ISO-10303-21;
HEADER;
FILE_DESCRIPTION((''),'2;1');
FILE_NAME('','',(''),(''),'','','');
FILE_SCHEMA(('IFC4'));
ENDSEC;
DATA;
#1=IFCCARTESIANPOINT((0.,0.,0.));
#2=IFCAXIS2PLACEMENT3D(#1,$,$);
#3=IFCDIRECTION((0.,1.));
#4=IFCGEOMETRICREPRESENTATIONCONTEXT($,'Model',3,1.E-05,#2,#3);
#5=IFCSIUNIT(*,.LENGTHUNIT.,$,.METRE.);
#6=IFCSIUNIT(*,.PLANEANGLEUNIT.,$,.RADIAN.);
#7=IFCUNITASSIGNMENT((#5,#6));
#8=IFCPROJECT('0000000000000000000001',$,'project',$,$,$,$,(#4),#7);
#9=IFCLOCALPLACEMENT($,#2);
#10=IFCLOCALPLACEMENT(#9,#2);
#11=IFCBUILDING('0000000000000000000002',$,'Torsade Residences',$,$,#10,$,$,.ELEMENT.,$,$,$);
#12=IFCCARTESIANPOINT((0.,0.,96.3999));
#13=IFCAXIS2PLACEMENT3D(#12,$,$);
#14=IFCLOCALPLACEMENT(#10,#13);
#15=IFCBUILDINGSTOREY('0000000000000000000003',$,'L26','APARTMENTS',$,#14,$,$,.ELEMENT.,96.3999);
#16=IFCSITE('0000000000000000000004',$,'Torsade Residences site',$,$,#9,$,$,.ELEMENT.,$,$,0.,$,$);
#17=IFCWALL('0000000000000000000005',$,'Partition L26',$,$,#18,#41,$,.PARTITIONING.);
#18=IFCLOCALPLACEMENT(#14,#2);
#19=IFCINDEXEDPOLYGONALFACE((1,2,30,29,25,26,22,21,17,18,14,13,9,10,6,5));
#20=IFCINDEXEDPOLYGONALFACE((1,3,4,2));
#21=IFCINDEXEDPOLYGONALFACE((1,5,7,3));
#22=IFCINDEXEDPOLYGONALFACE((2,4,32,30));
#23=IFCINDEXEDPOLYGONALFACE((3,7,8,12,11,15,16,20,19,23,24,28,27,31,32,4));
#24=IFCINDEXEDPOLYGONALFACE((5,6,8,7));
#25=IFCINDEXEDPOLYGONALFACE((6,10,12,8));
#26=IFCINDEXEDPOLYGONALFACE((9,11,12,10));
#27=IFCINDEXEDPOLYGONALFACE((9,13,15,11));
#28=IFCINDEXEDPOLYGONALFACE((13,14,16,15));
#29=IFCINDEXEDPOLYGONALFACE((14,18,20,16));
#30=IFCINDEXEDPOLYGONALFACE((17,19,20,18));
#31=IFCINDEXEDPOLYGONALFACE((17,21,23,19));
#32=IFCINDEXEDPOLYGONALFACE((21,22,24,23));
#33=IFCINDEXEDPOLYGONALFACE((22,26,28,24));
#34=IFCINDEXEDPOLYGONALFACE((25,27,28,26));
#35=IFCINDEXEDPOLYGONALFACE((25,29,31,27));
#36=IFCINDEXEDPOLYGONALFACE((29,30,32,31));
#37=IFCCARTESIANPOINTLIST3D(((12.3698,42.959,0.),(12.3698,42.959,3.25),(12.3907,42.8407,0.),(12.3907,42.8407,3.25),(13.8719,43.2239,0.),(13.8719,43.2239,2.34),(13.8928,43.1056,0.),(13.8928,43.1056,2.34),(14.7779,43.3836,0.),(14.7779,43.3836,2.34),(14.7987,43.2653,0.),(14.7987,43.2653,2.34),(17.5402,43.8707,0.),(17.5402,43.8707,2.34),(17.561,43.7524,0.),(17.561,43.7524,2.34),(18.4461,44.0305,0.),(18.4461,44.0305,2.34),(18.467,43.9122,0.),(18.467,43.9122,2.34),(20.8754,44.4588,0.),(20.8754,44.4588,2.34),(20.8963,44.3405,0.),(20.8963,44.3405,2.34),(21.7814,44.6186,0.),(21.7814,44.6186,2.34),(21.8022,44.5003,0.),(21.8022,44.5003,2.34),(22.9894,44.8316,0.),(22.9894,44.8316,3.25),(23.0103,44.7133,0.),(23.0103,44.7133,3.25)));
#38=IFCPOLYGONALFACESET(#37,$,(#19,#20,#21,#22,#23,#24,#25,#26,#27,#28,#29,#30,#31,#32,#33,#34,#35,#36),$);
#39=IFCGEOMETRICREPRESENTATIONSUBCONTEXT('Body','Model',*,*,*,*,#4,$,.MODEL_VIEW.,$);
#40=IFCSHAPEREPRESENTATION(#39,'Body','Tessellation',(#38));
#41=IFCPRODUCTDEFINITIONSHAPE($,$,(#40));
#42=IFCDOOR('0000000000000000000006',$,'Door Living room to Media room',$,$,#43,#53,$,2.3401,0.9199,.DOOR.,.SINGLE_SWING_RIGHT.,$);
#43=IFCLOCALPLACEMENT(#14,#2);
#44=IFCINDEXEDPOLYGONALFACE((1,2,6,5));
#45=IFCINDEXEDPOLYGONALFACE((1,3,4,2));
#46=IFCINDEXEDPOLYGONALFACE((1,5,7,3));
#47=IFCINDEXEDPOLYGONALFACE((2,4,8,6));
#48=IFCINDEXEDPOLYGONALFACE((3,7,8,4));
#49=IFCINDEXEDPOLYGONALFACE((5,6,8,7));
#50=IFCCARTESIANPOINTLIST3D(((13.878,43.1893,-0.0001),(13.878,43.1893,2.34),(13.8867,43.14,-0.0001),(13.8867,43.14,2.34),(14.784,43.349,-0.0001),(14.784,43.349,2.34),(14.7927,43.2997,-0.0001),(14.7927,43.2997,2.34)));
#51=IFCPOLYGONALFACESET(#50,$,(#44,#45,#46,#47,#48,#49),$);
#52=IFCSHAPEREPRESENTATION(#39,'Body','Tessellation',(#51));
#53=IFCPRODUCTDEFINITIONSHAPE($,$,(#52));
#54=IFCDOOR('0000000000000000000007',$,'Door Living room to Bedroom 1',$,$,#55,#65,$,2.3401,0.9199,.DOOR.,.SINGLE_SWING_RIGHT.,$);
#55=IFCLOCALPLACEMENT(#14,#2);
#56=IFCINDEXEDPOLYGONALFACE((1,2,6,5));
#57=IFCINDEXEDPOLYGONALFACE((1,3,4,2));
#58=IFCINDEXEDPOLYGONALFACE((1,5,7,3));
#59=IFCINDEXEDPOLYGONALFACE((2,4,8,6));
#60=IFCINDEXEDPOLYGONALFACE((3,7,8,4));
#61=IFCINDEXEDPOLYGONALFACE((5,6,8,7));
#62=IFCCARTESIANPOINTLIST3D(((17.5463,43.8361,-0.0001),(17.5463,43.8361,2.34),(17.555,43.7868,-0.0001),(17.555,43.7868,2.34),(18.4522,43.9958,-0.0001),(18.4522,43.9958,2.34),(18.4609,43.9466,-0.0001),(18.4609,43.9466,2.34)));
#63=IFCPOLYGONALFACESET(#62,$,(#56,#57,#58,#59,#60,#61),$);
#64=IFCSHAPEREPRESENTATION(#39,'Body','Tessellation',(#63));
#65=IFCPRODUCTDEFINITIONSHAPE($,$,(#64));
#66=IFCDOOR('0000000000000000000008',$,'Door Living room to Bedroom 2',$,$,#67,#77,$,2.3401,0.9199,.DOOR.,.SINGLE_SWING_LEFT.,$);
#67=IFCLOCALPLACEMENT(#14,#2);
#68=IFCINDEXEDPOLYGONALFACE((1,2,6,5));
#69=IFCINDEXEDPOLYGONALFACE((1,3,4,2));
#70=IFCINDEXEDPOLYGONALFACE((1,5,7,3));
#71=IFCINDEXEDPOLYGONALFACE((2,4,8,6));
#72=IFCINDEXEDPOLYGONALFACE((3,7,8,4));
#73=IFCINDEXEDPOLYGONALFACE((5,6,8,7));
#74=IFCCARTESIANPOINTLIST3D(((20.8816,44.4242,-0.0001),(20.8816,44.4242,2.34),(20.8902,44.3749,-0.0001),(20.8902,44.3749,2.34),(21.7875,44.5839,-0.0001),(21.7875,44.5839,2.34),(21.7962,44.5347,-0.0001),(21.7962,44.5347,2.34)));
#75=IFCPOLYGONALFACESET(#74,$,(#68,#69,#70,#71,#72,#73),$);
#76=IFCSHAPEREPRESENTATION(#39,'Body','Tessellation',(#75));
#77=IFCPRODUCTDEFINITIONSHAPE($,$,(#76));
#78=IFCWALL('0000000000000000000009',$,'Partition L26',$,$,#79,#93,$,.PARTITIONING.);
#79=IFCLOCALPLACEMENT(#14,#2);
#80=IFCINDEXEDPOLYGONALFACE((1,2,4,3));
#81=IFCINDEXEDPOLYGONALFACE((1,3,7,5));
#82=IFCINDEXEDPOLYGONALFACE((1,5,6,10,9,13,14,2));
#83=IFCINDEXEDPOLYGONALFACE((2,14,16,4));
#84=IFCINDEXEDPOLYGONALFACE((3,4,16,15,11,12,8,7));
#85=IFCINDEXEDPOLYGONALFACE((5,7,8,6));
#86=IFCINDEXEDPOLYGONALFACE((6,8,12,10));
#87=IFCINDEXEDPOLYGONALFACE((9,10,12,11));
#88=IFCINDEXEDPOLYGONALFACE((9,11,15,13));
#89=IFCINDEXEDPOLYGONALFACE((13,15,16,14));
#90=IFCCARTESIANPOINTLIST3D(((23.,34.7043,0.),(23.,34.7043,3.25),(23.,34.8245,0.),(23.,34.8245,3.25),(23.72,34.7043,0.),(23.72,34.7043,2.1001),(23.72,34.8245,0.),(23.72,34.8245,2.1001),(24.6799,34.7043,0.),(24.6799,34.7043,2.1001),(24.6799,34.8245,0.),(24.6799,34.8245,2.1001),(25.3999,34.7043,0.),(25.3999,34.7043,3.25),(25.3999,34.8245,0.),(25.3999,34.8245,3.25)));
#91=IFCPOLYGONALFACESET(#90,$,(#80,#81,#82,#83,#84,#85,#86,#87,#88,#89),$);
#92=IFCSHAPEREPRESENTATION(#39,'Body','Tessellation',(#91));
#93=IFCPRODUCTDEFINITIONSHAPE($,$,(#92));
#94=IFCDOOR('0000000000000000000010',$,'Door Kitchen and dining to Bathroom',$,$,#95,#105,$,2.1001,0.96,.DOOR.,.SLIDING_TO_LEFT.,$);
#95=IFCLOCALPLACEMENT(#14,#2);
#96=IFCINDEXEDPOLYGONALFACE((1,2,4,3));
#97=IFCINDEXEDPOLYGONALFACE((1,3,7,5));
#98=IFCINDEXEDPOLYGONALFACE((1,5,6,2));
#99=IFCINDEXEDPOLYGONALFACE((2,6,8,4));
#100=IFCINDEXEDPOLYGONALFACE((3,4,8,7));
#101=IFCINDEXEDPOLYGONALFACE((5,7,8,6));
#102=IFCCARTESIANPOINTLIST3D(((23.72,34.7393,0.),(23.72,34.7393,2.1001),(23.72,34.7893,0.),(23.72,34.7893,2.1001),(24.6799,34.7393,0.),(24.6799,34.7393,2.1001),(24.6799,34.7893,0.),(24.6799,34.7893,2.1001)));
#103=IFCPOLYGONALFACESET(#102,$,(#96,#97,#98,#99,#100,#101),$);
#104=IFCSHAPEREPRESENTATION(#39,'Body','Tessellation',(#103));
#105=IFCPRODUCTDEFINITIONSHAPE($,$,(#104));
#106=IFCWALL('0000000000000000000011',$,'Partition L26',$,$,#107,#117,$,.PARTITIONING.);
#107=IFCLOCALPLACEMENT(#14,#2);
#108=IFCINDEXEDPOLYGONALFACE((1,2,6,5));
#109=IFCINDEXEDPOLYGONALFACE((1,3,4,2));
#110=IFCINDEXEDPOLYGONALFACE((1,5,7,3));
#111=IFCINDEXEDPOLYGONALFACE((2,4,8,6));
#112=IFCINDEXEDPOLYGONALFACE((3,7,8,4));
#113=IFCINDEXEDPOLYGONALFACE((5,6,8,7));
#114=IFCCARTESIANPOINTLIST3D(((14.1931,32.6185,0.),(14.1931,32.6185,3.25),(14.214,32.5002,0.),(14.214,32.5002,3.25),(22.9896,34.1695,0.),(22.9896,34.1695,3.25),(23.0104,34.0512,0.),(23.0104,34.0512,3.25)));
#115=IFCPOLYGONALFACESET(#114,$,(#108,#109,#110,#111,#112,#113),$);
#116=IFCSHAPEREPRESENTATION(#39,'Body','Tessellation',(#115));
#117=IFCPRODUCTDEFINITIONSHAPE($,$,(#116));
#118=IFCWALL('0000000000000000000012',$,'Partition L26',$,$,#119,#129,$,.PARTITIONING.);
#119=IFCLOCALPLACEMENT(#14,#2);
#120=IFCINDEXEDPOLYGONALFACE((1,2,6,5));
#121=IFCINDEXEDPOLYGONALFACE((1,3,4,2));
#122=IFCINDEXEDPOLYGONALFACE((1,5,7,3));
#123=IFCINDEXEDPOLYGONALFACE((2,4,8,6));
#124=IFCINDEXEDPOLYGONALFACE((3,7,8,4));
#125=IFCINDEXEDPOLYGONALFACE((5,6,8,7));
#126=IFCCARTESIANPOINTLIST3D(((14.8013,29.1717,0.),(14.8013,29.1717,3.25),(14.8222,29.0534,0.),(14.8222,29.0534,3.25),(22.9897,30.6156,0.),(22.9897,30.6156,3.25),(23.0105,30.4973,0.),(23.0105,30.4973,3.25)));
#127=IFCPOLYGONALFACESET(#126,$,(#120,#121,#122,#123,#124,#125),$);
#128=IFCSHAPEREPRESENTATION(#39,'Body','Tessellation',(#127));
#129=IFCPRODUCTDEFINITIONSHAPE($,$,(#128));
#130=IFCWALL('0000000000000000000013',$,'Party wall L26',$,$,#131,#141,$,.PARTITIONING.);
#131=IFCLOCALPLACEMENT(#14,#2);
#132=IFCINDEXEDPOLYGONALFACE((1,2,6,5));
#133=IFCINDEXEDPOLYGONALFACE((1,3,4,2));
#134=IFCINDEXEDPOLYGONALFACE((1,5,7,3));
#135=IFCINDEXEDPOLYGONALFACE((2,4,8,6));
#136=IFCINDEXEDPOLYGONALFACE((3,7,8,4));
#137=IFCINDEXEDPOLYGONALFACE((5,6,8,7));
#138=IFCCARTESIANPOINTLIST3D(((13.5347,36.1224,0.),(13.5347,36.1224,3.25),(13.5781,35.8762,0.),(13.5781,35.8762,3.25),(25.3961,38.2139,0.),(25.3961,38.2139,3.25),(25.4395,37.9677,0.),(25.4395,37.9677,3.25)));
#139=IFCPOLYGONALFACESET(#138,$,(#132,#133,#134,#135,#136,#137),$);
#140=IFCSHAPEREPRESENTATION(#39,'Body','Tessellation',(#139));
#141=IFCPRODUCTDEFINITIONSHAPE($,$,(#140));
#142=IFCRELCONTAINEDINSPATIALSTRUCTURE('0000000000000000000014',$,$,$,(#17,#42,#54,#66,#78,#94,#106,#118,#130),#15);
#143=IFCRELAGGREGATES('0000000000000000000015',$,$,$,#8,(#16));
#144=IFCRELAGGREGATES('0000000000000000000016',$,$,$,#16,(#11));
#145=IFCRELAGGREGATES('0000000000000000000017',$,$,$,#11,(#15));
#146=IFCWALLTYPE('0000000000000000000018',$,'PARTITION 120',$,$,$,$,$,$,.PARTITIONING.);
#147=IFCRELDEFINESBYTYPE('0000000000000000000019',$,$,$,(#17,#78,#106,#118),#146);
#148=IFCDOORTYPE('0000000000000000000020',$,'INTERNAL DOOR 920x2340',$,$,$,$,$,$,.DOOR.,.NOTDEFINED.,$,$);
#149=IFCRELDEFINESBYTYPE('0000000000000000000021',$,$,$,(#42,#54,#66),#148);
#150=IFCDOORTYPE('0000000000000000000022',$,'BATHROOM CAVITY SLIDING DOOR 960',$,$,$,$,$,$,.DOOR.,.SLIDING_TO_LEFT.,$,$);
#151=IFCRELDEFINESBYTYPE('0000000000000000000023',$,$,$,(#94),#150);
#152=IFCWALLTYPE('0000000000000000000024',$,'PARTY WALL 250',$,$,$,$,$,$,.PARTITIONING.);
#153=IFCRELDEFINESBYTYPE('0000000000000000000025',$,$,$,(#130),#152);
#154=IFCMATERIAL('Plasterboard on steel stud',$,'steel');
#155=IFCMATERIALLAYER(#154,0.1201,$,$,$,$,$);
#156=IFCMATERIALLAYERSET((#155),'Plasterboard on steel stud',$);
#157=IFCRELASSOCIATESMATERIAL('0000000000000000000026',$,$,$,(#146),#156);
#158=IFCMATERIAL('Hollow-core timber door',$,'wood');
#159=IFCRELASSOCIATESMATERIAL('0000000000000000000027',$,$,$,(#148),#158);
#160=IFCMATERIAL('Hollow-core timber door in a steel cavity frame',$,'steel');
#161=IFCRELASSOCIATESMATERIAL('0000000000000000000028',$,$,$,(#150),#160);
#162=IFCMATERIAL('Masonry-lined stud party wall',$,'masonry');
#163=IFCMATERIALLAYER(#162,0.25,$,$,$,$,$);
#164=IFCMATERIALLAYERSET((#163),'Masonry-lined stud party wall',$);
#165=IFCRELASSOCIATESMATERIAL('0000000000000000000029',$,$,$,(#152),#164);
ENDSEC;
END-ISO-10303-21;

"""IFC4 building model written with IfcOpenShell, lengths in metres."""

from ifc_helpers import new_model, si_unit, direction, frame, frame_2d, origin, place, context, subcontext, project, spatial, rectangle, extrude, material, layer, layer_set, type_object, element, fill, save


model = new_model("IFC4")

# Units and contexts
model_context = context("Model", 3, precision=1e-05, world=origin(), true_north=direction((0.0, 1.0)))
body_context = subcontext(model_context, "Body", "Model", "MODEL_VIEW")
ifc_project = project(units=[si_unit("LENGTHUNIT", "METRE"), si_unit("PLANEANGLEUNIT", "RADIAN")], contexts=[model_context])

# Site, building, storey
site_placement = place(None, origin())
site = spatial("IfcSite", under=ifc_project, at=site_placement, Name="Torsade Residences site", CompositionType="ELEMENT", RefElevation=0.0)
building_placement = place(site_placement, origin())
building = spatial("IfcBuilding", under=site, at=building_placement, Name="Torsade Residences", CompositionType="ELEMENT")
storey_placement = place(building_placement, frame((0.0, 0.0, 96.3999)))
storey = spatial("IfcBuildingStorey", under=building, at=storey_placement, Name="L26", Description="APARTMENTS", CompositionType="ELEMENT", Elevation=96.3999)

# Wall, openings, doors
ifc_material_1 = material(Name="Plasterboard on steel stud", Category="steel")
ifc_layer_1 = layer(ifc_material_1, 0.1201)
ifc_layer_set_1 = layer_set([ifc_layer_1], Name="Plasterboard on steel stud")
wall_type_1 = type_object("IfcWallType", Name="PARTITION 120", PredefinedType="PARTITIONING", material=ifc_layer_set_1)
wall_1_placement = place(storey_placement, frame((12.3804, 42.8999, 0.0), z_axis=(0.0, 0.0, 1.0), x_axis=(0.984807, 0.173651, 0.0)))
wall_1 = element("IfcWall", 1, at=wall_1_placement, inside=storey, type_object=wall_type_1, Name="Partition L26", PredefinedType="PARTITIONING", context=body_context, shape_type="SweptSolid", body=[
    extrude(rectangle(XDim=10.7834, YDim=0.1201, at=frame_2d((5.3916, 0.0))), origin(), (0.0, 0.0, 1.0), 3.25),
])
opening_1_placement = place(wall_1_placement, frame((1.5251, 0.0, 0.0)))
opening_1 = element("IfcOpeningElement", 2, at=opening_1_placement, cuts=wall_1, PredefinedType="OPENING", context=body_context, shape_type="SweptSolid", body=[
    extrude(rectangle(XDim=0.9199, YDim=2.3401, at=frame_2d((0.46, 1.1699))), frame((0.0, 0.0701, 0.0), z_axis=(0.0, -1.0, 0.0), x_axis=(1.0, 0.0, 0.0)), (0.0, 0.0, 1.0), 0.1401),
])
opening_2_placement = place(wall_1_placement, frame((5.25, 0.0, 0.0)))
opening_2 = element("IfcOpeningElement", 3, at=opening_2_placement, cuts=wall_1, PredefinedType="OPENING", context=body_context, shape_type="SweptSolid", body=[
    extrude(rectangle(XDim=0.9199, YDim=2.3401, at=frame_2d((0.46, 1.1699))), frame((0.0, 0.0701, 0.0), z_axis=(0.0, -1.0, 0.0), x_axis=(1.0, 0.0, 0.0)), (0.0, 0.0, 1.0), 0.1401),
])
opening_3_placement = place(wall_1_placement, frame((8.6367, 0.0, 0.0)))
opening_3 = element("IfcOpeningElement", 4, at=opening_3_placement, cuts=wall_1, PredefinedType="OPENING", context=body_context, shape_type="SweptSolid", body=[
    extrude(rectangle(XDim=0.9199, YDim=2.3401, at=frame_2d((0.46, 1.1699))), frame((0.0, 0.0701, 0.0), z_axis=(0.0, -1.0, 0.0), x_axis=(1.0, 0.0, 0.0)), (0.0, 0.0, 1.0), 0.1401),
])
ifc_material_2 = material(Name="Hollow-core timber door", Category="wood")
door_type_1 = type_object("IfcDoorType", Name="INTERNAL DOOR 920x2340", OperationType="NOTDEFINED", PredefinedType="DOOR", material=ifc_material_2)
door_1_placement = place(opening_1_placement, origin())
door_1 = element("IfcDoor", 5, at=door_1_placement, inside=storey, type_object=door_type_1, Name="Door Living room to Media room", OperationType="SINGLE_SWING_RIGHT", OverallHeight=2.3401, OverallWidth=0.9199, PredefinedType="DOOR", context=body_context, shape_type="SweptSolid", body=[
    extrude(rectangle(XDim=0.9199, YDim=2.3401, at=frame_2d((0.46, 1.1699))), frame((0.0, 0.0249, 0.0), z_axis=(0.0, -1.0, 0.0), x_axis=(1.0, 0.0, 0.0)), (0.0, 0.0, 1.0), 0.05),
])
fill(opening_1, door_1)
door_2_placement = place(opening_2_placement, origin())
door_2 = element("IfcDoor", 6, at=door_2_placement, inside=storey, type_object=door_type_1, Name="Door Living room to Bedroom 1", OperationType="SINGLE_SWING_RIGHT", OverallHeight=2.3401, OverallWidth=0.9199, PredefinedType="DOOR", context=body_context, shape_type="SweptSolid", body=[
    extrude(rectangle(XDim=0.9199, YDim=2.3401, at=frame_2d((0.46, 1.1699))), frame((0.0, 0.0249, 0.0), z_axis=(0.0, -1.0, 0.0), x_axis=(1.0, 0.0, 0.0)), (0.0, 0.0, 1.0), 0.05),
])
fill(opening_2, door_2)
door_3_placement = place(opening_3_placement, origin())
door_3 = element("IfcDoor", 7, at=door_3_placement, inside=storey, type_object=door_type_1, Name="Door Living room to Bedroom 2", OperationType="SINGLE_SWING_LEFT", OverallHeight=2.3401, OverallWidth=0.9199, PredefinedType="DOOR", context=body_context, shape_type="SweptSolid", body=[
    extrude(rectangle(XDim=0.9199, YDim=2.3401, at=frame_2d((0.46, 1.1699))), frame((0.0, 0.0249, 0.0), z_axis=(0.0, -1.0, 0.0), x_axis=(1.0, 0.0, 0.0)), (0.0, 0.0, 1.0), 0.05),
])
fill(opening_3, door_3)

# Wall, opening, door
wall_2_placement = place(storey_placement, frame((23.0, 34.7644, 0.0), z_axis=(0.0, 0.0, 1.0), x_axis=(1.0, 0.0, 0.0)))
wall_2 = element("IfcWall", 8, at=wall_2_placement, inside=storey, type_object=wall_type_1, Name="Partition L26", PredefinedType="PARTITIONING", context=body_context, shape_type="SweptSolid", body=[
    extrude(rectangle(XDim=2.3999, YDim=0.1201, at=frame_2d((1.2, 0.0))), origin(), (0.0, 0.0, 1.0), 3.25),
])
opening_4_placement = place(wall_2_placement, frame((0.72, 0.0, 0.0)))
opening_4 = element("IfcOpeningElement", 9, at=opening_4_placement, cuts=wall_2, PredefinedType="OPENING", context=body_context, shape_type="SweptSolid", body=[
    extrude(rectangle(XDim=0.96, YDim=2.1001, at=frame_2d((0.48, 1.05))), frame((0.0, 0.0701, 0.0), z_axis=(0.0, -1.0, 0.0), x_axis=(1.0, 0.0, 0.0)), (0.0, 0.0, 1.0), 0.1401),
])
ifc_material_3 = material(Name="Hollow-core timber door in a steel cavity frame", Category="steel")
door_type_2 = type_object("IfcDoorType", Name="BATHROOM CAVITY SLIDING DOOR 960", OperationType="SLIDING_TO_LEFT", PredefinedType="DOOR", material=ifc_material_3)
door_4_placement = place(opening_4_placement, origin())
door_4 = element("IfcDoor", 10, at=door_4_placement, inside=storey, type_object=door_type_2, Name="Door Kitchen and dining to Bathroom", OperationType="SLIDING_TO_LEFT", OverallHeight=2.1001, OverallWidth=0.96, PredefinedType="DOOR", context=body_context, shape_type="SweptSolid", body=[
    extrude(rectangle(XDim=0.96, YDim=2.1001, at=frame_2d((0.48, 1.05))), frame((0.0, 0.0249, 0.0), z_axis=(0.0, -1.0, 0.0), x_axis=(1.0, 0.0, 0.0)), (0.0, 0.0, 1.0), 0.05),
])
fill(opening_4, door_4)

# Walls
wall_3_placement = place(storey_placement, frame((23.0, 34.1104, 0.0), z_axis=(0.0, 0.0, 1.0), x_axis=(-0.984808, -0.173647, 0.0)))
element("IfcWall", 11, at=wall_3_placement, inside=storey, type_object=wall_type_1, Name="Partition L26", PredefinedType="PARTITIONING", context=body_context, shape_type="SweptSolid", body=[
    extrude(rectangle(XDim=8.9321, YDim=0.1201, at=frame_2d((4.4661, 0.0))), origin(), (0.0, 0.0, 1.0), 3.25),
])
wall_4_placement = place(storey_placement, frame((23.0, 30.5564, 0.0), z_axis=(0.0, 0.0, 1.0), x_axis=(-0.984808, -0.173648, 0.0)))
element("IfcWall", 12, at=wall_4_placement, inside=storey, type_object=wall_type_1, Name="Partition L26", PredefinedType="PARTITIONING", context=body_context, shape_type="SweptSolid", body=[
    extrude(rectangle(XDim=8.3147, YDim=0.1201, at=frame_2d((4.1572, 0.0))), origin(), (0.0, 0.0, 1.0), 3.25),
])
ifc_material_4 = material(Name="Masonry-lined stud party wall", Category="masonry")
ifc_layer_2 = layer(ifc_material_4, 0.25)
ifc_layer_set_2 = layer_set([ifc_layer_2], Name="Masonry-lined stud party wall")
wall_type_2 = type_object("IfcWallType", Name="PARTY WALL 250", PredefinedType="PARTITIONING", material=ifc_layer_set_2)
wall_5_placement = place(storey_placement, frame((13.5564, 35.9993, 0.0), z_axis=(0.0, 0.0, 1.0), x_axis=(0.984807, 0.173655, 0.0)))
element("IfcWall", 13, at=wall_5_placement, inside=storey, type_object=wall_type_2, Name="Party wall L26", PredefinedType="PARTITIONING", context=body_context, shape_type="SweptSolid", body=[
    extrude(rectangle(XDim=12.0444, YDim=0.25, at=frame_2d((6.0222, 0.0))), origin(), (0.0, 0.0, 1.0), 3.25),
])

save(model, "model.ifc")
